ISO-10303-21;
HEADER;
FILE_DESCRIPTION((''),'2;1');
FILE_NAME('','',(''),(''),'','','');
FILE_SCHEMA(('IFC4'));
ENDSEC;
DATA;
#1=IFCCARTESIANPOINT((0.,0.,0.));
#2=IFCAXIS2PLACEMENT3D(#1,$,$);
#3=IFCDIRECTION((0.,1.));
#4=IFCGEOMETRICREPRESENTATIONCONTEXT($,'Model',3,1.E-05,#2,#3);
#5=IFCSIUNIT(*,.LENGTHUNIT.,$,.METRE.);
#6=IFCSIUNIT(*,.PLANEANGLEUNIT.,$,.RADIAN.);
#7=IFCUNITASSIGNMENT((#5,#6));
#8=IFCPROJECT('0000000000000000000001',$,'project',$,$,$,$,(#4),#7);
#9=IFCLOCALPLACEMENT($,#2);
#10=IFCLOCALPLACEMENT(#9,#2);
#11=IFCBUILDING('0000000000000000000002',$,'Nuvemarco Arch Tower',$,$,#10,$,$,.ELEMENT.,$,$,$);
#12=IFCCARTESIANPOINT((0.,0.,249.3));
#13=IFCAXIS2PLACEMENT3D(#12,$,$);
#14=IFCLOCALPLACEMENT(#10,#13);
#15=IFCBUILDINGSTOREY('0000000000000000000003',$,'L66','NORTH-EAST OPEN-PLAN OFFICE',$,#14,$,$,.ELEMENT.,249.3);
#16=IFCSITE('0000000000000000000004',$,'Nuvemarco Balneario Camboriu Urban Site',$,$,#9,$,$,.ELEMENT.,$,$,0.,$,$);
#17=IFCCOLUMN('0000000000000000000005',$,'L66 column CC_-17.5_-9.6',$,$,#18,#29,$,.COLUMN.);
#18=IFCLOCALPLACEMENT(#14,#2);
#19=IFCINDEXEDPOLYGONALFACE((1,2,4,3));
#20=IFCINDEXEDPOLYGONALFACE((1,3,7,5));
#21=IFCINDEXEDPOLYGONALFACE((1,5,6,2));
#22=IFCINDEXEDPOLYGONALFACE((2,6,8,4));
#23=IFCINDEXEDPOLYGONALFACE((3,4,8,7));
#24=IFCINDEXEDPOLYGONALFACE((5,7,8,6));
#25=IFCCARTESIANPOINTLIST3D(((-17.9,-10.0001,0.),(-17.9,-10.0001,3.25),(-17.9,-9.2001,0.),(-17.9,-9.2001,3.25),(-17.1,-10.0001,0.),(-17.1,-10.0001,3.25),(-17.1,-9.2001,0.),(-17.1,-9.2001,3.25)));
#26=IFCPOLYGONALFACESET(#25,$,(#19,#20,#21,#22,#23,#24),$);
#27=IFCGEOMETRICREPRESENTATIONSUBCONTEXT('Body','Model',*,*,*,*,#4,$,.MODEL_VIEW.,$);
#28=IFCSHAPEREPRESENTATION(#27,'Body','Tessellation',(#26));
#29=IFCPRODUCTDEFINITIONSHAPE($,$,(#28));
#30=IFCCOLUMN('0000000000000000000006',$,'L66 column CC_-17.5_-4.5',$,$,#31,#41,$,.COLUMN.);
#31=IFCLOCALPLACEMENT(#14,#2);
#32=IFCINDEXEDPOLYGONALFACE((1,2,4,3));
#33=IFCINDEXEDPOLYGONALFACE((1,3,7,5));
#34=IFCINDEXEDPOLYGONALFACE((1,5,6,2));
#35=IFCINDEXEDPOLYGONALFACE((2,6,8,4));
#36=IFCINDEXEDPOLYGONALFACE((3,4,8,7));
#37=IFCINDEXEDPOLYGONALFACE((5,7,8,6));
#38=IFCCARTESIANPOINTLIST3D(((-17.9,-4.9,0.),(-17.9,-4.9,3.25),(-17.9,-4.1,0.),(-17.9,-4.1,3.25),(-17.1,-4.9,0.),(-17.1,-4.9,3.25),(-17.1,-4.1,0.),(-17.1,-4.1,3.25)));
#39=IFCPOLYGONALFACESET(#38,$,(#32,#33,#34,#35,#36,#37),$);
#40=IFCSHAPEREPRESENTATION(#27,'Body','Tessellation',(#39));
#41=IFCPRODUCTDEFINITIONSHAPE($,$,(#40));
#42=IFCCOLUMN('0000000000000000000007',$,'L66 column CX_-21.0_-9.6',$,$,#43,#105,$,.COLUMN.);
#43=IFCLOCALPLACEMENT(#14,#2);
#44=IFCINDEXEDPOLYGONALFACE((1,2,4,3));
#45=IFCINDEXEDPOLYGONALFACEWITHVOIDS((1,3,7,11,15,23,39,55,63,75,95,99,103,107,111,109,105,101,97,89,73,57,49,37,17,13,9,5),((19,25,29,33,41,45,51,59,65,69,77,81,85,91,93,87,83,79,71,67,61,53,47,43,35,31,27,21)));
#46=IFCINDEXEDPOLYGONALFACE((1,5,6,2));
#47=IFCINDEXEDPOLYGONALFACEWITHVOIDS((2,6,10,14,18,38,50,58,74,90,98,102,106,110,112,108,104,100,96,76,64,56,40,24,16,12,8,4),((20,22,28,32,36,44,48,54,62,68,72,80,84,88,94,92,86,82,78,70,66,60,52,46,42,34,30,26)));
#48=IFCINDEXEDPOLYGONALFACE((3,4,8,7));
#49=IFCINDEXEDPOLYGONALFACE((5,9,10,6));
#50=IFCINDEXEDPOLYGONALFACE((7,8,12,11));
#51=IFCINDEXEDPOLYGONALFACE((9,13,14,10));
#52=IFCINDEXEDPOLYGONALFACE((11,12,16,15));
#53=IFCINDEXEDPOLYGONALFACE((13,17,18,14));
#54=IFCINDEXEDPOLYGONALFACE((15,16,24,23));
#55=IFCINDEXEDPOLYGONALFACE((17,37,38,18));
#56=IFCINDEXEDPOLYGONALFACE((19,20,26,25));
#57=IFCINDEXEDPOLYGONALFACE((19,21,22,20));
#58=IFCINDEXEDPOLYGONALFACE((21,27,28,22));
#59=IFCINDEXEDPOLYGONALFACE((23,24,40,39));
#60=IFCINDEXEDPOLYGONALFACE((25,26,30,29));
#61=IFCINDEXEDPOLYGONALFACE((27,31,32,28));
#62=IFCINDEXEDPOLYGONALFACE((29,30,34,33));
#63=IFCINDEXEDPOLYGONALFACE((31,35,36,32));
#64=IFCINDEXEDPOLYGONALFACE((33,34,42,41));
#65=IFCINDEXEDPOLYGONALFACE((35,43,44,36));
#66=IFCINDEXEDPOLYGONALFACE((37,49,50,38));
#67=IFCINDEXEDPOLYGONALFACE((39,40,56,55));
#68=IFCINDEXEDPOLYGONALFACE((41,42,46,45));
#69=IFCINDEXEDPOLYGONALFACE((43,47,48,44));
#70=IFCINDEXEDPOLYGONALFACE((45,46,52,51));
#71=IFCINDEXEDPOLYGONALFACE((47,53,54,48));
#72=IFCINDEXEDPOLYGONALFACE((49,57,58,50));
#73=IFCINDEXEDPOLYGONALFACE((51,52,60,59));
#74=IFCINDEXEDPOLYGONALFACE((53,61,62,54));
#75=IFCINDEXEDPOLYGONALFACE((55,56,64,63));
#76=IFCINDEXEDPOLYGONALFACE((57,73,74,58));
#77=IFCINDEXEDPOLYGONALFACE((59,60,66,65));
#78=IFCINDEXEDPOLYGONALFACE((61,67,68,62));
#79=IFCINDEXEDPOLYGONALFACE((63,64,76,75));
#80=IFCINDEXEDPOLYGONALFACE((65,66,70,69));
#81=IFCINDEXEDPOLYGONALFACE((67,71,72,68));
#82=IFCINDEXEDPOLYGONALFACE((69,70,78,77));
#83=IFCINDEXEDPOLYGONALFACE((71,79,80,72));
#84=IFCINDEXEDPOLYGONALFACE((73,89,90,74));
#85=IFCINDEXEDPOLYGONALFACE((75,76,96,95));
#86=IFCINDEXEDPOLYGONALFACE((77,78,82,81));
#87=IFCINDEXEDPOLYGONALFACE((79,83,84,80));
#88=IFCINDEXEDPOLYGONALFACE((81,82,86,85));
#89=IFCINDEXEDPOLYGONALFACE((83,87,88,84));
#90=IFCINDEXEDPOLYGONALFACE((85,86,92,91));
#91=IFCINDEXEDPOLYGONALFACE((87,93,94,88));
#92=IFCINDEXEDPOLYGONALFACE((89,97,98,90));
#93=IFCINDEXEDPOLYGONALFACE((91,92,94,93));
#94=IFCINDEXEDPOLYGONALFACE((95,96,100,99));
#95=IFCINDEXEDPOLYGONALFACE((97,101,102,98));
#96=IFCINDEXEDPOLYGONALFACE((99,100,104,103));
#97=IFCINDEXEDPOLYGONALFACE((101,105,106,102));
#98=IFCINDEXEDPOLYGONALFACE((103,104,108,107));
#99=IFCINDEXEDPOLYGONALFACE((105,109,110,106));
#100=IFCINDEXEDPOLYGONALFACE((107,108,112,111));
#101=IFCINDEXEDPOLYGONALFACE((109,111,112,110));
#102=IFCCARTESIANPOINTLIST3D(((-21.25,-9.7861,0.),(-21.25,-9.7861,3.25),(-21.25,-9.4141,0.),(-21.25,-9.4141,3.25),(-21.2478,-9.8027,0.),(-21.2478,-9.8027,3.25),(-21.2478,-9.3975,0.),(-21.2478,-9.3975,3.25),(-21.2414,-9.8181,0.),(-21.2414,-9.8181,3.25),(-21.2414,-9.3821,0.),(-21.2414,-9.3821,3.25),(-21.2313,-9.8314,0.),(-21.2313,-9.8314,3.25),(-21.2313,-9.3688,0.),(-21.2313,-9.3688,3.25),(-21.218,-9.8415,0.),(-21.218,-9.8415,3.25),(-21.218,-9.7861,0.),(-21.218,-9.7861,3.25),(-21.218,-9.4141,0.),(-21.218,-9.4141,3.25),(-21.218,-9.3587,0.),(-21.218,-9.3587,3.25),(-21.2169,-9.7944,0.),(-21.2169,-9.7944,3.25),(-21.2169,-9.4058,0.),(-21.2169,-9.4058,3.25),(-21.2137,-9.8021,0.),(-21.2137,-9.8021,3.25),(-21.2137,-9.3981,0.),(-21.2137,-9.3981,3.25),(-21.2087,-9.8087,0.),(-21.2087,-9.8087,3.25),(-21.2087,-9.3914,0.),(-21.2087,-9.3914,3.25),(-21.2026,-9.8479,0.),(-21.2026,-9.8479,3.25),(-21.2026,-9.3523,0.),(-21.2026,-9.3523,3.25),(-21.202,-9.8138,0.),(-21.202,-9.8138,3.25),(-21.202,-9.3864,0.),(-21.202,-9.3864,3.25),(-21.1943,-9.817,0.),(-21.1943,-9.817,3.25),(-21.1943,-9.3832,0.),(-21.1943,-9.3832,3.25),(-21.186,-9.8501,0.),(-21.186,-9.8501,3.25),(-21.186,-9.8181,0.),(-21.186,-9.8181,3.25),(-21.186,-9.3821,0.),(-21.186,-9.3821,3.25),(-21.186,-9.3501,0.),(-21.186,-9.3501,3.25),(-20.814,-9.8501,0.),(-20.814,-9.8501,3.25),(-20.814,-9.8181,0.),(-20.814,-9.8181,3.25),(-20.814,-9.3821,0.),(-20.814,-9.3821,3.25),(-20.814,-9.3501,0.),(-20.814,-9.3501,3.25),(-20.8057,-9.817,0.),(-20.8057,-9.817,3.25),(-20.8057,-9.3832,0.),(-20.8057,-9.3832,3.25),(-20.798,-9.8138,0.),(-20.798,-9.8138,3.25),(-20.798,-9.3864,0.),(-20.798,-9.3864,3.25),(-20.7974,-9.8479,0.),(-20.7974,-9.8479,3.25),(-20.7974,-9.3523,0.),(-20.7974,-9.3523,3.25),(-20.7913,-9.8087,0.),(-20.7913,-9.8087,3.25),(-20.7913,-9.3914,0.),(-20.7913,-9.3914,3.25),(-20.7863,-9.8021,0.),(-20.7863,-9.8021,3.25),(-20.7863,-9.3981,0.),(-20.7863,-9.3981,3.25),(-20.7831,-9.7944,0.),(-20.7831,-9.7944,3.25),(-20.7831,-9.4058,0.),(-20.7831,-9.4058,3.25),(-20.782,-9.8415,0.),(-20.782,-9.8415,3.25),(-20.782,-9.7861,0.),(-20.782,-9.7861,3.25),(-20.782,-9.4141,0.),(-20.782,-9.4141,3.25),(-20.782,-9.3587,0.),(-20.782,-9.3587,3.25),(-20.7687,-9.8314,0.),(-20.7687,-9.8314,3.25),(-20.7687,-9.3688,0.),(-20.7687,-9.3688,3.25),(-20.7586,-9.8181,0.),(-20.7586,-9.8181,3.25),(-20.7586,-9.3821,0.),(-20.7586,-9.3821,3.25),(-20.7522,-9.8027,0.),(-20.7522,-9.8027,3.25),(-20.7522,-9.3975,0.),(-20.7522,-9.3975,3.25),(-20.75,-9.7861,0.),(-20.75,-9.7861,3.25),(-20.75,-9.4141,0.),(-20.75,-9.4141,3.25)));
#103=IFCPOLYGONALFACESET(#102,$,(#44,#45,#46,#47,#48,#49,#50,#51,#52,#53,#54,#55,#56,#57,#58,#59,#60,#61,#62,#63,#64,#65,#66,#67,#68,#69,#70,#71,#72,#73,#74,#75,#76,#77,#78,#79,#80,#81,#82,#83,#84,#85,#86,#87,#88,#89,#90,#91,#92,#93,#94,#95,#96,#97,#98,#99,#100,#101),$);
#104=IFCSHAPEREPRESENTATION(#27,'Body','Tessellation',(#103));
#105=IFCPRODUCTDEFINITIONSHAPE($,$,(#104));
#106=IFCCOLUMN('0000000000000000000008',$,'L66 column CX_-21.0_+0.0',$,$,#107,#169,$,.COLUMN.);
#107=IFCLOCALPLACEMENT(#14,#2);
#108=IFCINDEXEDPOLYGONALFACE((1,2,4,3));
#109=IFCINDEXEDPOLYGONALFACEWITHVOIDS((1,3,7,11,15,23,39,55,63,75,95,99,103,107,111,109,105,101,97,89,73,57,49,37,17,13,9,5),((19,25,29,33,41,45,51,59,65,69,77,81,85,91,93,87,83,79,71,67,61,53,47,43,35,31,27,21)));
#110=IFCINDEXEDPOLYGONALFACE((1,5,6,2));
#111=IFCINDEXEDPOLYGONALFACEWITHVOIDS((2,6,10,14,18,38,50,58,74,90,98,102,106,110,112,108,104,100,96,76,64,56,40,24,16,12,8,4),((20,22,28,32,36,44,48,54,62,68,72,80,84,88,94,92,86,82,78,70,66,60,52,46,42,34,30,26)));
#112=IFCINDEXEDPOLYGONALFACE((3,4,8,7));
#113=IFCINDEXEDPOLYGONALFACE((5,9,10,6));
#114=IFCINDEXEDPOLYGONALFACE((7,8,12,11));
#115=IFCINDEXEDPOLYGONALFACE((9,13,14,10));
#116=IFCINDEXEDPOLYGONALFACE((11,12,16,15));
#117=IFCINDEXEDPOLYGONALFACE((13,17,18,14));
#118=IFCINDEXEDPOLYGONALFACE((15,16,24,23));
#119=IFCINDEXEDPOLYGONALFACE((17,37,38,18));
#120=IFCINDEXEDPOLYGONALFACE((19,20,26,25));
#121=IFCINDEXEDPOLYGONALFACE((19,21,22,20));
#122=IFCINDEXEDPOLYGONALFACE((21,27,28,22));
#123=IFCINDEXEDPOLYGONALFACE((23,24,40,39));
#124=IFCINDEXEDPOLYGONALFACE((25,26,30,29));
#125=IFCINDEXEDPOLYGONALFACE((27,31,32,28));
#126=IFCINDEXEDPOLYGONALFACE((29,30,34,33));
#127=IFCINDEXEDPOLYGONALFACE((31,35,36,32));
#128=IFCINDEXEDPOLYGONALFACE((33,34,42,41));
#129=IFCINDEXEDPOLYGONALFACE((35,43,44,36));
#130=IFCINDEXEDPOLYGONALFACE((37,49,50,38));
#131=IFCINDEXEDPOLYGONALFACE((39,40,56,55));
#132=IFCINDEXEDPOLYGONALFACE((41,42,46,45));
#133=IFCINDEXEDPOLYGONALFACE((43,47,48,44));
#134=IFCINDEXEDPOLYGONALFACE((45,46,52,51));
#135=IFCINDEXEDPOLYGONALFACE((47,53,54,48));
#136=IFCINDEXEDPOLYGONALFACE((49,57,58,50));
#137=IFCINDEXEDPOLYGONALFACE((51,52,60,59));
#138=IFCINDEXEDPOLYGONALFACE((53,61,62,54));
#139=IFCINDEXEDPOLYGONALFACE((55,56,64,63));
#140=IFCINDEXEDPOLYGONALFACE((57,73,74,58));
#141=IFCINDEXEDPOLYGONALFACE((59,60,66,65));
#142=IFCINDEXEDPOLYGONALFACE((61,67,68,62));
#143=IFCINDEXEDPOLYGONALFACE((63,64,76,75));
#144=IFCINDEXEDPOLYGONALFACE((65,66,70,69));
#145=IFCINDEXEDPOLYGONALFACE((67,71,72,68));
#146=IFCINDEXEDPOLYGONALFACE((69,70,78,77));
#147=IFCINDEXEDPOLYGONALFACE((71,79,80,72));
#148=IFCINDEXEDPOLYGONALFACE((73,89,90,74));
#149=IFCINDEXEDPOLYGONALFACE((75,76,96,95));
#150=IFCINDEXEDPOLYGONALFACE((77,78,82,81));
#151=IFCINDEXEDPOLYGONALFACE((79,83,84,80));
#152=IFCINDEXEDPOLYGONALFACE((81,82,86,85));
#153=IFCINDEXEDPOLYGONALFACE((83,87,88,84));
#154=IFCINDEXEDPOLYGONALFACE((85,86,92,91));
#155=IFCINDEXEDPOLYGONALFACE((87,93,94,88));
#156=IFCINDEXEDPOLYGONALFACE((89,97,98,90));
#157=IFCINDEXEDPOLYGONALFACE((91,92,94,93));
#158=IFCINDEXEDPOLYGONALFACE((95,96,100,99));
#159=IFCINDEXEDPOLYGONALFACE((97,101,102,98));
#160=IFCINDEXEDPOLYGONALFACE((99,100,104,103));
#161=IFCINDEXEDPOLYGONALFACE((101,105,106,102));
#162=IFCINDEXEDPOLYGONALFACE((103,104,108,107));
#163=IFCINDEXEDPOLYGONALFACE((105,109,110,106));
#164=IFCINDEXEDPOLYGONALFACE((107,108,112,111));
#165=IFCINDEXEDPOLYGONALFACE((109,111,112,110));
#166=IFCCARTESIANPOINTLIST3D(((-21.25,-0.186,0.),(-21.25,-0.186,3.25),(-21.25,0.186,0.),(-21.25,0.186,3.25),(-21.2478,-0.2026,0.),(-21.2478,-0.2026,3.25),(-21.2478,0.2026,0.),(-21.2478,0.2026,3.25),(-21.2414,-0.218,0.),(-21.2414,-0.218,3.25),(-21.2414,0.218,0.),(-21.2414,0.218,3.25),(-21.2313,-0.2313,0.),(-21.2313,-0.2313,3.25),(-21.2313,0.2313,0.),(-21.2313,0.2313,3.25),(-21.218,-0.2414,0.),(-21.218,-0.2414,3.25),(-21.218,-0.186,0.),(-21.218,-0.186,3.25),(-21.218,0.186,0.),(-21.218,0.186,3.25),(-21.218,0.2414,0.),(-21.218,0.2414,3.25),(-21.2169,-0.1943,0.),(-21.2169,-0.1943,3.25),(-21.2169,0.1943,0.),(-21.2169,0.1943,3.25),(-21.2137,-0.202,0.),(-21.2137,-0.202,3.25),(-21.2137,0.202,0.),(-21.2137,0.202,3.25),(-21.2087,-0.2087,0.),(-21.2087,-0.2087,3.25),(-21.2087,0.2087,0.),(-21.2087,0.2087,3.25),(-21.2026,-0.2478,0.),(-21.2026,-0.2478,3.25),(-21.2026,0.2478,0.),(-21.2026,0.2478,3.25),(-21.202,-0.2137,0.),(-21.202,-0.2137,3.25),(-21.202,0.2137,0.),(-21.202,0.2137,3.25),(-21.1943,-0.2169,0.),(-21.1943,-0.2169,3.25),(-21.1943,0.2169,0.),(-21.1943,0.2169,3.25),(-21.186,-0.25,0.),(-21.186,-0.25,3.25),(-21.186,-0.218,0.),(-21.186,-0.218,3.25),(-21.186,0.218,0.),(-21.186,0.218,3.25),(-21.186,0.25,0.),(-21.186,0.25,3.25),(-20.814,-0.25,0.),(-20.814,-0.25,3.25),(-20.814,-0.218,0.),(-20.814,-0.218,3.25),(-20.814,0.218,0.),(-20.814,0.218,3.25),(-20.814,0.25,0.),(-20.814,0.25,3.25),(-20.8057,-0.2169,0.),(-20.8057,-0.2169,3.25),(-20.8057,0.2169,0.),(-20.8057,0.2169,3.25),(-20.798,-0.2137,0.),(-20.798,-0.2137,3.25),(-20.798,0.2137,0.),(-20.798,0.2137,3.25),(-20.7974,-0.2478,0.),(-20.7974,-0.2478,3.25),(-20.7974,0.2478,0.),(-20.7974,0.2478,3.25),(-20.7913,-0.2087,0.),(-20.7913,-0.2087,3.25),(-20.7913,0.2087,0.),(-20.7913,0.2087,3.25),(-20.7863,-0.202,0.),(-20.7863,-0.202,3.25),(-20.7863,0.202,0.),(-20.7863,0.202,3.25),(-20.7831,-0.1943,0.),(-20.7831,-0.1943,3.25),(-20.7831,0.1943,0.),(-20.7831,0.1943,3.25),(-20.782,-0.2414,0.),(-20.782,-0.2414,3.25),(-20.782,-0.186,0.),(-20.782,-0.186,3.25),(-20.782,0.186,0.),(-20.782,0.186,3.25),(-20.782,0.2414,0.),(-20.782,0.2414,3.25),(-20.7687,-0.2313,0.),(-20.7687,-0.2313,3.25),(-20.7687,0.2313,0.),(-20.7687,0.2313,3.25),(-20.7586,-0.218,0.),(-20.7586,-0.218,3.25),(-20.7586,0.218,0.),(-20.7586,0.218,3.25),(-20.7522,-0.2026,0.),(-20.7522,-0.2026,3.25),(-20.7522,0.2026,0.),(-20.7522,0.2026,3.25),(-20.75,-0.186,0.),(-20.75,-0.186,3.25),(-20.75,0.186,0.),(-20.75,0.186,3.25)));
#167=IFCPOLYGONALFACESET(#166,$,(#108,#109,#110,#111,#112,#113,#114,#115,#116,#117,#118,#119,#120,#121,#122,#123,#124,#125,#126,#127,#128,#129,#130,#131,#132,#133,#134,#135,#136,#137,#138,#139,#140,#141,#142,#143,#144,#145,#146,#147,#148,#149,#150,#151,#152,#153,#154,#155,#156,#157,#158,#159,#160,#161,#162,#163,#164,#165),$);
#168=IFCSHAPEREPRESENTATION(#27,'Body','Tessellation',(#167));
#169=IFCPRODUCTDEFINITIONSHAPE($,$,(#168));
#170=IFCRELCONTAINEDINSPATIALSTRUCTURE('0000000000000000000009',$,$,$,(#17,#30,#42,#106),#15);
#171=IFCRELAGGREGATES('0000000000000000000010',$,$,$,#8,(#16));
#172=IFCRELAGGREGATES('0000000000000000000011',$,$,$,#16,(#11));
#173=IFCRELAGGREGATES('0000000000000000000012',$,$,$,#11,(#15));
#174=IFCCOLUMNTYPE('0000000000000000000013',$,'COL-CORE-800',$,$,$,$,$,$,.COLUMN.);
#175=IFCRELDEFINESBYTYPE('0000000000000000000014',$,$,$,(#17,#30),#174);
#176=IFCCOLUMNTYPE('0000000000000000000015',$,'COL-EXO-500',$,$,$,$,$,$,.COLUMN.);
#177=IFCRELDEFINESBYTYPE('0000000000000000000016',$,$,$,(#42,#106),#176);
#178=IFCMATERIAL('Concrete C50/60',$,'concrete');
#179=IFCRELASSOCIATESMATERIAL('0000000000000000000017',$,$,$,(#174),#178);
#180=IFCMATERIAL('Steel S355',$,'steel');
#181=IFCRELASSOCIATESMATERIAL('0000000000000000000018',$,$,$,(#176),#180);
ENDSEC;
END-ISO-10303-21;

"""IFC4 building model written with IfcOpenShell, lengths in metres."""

from ifc_helpers import new_model, si_unit, direction, frame, origin, origin_2d, place, context, subcontext, project, spatial, rectangle, hollow_rectangle, extrude, material, material_profile, profile_set, type_object, element, save


model = new_model("IFC4")

# Units and contexts
model_context = context("Model", 3, precision=1e-05, world=origin(), true_north=direction((0.0, 1.0)))
body_context = subcontext(model_context, "Body", "Model", "MODEL_VIEW")
ifc_project = project(units=[si_unit("LENGTHUNIT", "METRE"), si_unit("PLANEANGLEUNIT", "RADIAN")], contexts=[model_context])

# Site, building, storey
site_placement = place(None, origin())
site = spatial("IfcSite", under=ifc_project, at=site_placement, Name="Nuvemarco Balneario Camboriu Urban Site", CompositionType="ELEMENT", RefElevation=0.0)
building_placement = place(site_placement, origin())
building = spatial("IfcBuilding", under=site, at=building_placement, Name="Nuvemarco Arch Tower", CompositionType="ELEMENT")
storey_placement = place(building_placement, frame((0.0, 0.0, 249.3)))
storey = spatial("IfcBuildingStorey", under=building, at=storey_placement, Name="L66", Description="NORTH-EAST OPEN-PLAN OFFICE", CompositionType="ELEMENT", Elevation=249.3)

# Columns
ifc_material_1 = material(Name="Concrete C50/60", Category="concrete")
ifc_material_profile_1 = material_profile(ifc_material_1, rectangle(XDim=0.8, YDim=0.8, at=origin_2d()), Name="RC-COL-800x800")
ifc_profile_set_1 = profile_set([ifc_material_profile_1], Name="Concrete C50/60")
column_type_1 = type_object("IfcColumnType", Name="COL-CORE-800", PredefinedType="COLUMN", material=ifc_profile_set_1)
for number, where, z_axis, x_axis, name in (
    (1, (-17.5, -9.6001, 0.0), (0.0, 0.0, 1.0), (1.0, 0.0, 0.0), "L66 column CC_-17.5_-9.6"),
    (2, (-17.5, -4.5, 0.0), (0.0, 0.0, 1.0), (1.0, 0.0, 0.0), "L66 column CC_-17.5_-4.5"),
):
    element("IfcColumn", number, at=place(storey_placement, frame(where, z_axis=z_axis, x_axis=x_axis)), inside=storey, type_object=column_type_1, Name=name, PredefinedType="COLUMN", context=body_context, shape_type="SweptSolid", body=[
        extrude(rectangle(XDim=0.8, YDim=0.8, at=origin_2d()), origin(), (0.0, 0.0, 1.0), 3.25),
    ])
ifc_material_2 = material(Name="Steel S355", Category="steel")
ifc_material_profile_2 = material_profile(ifc_material_2, hollow_rectangle(XDim=0.5, YDim=0.5, WallThickness=0.032, InnerFilletRadius=0.032, OuterFilletRadius=0.064, at=origin_2d()), Name="SHS500x500x32")
ifc_profile_set_2 = profile_set([ifc_material_profile_2], Name="Steel S355")
column_type_2 = type_object("IfcColumnType", Name="COL-EXO-500", PredefinedType="COLUMN", material=ifc_profile_set_2)
for number, where, z_axis, x_axis, name in (
    (3, (-21.0, -9.6001, 0.0), (0.0, 0.0, 1.0), (1.0, 0.0, 0.0), "L66 column CX_-21.0_-9.6"),
    (4, (-21.0, 0.0, 0.0), (0.0, 0.0, 1.0), (1.0, 0.0, 0.0), "L66 column CX_-21.0_+0.0"),
):
    element("IfcColumn", number, at=place(storey_placement, frame(where, z_axis=z_axis, x_axis=x_axis)), inside=storey, type_object=column_type_2, Name=name, PredefinedType="COLUMN", context=body_context, shape_type="SweptSolid", body=[
        extrude(hollow_rectangle(XDim=0.5, YDim=0.5, WallThickness=0.032, InnerFilletRadius=0.032, OuterFilletRadius=0.064, at=origin_2d()), origin(), (0.0, 0.0, 1.0), 3.25),
    ])

save(model, "model.ifc")
